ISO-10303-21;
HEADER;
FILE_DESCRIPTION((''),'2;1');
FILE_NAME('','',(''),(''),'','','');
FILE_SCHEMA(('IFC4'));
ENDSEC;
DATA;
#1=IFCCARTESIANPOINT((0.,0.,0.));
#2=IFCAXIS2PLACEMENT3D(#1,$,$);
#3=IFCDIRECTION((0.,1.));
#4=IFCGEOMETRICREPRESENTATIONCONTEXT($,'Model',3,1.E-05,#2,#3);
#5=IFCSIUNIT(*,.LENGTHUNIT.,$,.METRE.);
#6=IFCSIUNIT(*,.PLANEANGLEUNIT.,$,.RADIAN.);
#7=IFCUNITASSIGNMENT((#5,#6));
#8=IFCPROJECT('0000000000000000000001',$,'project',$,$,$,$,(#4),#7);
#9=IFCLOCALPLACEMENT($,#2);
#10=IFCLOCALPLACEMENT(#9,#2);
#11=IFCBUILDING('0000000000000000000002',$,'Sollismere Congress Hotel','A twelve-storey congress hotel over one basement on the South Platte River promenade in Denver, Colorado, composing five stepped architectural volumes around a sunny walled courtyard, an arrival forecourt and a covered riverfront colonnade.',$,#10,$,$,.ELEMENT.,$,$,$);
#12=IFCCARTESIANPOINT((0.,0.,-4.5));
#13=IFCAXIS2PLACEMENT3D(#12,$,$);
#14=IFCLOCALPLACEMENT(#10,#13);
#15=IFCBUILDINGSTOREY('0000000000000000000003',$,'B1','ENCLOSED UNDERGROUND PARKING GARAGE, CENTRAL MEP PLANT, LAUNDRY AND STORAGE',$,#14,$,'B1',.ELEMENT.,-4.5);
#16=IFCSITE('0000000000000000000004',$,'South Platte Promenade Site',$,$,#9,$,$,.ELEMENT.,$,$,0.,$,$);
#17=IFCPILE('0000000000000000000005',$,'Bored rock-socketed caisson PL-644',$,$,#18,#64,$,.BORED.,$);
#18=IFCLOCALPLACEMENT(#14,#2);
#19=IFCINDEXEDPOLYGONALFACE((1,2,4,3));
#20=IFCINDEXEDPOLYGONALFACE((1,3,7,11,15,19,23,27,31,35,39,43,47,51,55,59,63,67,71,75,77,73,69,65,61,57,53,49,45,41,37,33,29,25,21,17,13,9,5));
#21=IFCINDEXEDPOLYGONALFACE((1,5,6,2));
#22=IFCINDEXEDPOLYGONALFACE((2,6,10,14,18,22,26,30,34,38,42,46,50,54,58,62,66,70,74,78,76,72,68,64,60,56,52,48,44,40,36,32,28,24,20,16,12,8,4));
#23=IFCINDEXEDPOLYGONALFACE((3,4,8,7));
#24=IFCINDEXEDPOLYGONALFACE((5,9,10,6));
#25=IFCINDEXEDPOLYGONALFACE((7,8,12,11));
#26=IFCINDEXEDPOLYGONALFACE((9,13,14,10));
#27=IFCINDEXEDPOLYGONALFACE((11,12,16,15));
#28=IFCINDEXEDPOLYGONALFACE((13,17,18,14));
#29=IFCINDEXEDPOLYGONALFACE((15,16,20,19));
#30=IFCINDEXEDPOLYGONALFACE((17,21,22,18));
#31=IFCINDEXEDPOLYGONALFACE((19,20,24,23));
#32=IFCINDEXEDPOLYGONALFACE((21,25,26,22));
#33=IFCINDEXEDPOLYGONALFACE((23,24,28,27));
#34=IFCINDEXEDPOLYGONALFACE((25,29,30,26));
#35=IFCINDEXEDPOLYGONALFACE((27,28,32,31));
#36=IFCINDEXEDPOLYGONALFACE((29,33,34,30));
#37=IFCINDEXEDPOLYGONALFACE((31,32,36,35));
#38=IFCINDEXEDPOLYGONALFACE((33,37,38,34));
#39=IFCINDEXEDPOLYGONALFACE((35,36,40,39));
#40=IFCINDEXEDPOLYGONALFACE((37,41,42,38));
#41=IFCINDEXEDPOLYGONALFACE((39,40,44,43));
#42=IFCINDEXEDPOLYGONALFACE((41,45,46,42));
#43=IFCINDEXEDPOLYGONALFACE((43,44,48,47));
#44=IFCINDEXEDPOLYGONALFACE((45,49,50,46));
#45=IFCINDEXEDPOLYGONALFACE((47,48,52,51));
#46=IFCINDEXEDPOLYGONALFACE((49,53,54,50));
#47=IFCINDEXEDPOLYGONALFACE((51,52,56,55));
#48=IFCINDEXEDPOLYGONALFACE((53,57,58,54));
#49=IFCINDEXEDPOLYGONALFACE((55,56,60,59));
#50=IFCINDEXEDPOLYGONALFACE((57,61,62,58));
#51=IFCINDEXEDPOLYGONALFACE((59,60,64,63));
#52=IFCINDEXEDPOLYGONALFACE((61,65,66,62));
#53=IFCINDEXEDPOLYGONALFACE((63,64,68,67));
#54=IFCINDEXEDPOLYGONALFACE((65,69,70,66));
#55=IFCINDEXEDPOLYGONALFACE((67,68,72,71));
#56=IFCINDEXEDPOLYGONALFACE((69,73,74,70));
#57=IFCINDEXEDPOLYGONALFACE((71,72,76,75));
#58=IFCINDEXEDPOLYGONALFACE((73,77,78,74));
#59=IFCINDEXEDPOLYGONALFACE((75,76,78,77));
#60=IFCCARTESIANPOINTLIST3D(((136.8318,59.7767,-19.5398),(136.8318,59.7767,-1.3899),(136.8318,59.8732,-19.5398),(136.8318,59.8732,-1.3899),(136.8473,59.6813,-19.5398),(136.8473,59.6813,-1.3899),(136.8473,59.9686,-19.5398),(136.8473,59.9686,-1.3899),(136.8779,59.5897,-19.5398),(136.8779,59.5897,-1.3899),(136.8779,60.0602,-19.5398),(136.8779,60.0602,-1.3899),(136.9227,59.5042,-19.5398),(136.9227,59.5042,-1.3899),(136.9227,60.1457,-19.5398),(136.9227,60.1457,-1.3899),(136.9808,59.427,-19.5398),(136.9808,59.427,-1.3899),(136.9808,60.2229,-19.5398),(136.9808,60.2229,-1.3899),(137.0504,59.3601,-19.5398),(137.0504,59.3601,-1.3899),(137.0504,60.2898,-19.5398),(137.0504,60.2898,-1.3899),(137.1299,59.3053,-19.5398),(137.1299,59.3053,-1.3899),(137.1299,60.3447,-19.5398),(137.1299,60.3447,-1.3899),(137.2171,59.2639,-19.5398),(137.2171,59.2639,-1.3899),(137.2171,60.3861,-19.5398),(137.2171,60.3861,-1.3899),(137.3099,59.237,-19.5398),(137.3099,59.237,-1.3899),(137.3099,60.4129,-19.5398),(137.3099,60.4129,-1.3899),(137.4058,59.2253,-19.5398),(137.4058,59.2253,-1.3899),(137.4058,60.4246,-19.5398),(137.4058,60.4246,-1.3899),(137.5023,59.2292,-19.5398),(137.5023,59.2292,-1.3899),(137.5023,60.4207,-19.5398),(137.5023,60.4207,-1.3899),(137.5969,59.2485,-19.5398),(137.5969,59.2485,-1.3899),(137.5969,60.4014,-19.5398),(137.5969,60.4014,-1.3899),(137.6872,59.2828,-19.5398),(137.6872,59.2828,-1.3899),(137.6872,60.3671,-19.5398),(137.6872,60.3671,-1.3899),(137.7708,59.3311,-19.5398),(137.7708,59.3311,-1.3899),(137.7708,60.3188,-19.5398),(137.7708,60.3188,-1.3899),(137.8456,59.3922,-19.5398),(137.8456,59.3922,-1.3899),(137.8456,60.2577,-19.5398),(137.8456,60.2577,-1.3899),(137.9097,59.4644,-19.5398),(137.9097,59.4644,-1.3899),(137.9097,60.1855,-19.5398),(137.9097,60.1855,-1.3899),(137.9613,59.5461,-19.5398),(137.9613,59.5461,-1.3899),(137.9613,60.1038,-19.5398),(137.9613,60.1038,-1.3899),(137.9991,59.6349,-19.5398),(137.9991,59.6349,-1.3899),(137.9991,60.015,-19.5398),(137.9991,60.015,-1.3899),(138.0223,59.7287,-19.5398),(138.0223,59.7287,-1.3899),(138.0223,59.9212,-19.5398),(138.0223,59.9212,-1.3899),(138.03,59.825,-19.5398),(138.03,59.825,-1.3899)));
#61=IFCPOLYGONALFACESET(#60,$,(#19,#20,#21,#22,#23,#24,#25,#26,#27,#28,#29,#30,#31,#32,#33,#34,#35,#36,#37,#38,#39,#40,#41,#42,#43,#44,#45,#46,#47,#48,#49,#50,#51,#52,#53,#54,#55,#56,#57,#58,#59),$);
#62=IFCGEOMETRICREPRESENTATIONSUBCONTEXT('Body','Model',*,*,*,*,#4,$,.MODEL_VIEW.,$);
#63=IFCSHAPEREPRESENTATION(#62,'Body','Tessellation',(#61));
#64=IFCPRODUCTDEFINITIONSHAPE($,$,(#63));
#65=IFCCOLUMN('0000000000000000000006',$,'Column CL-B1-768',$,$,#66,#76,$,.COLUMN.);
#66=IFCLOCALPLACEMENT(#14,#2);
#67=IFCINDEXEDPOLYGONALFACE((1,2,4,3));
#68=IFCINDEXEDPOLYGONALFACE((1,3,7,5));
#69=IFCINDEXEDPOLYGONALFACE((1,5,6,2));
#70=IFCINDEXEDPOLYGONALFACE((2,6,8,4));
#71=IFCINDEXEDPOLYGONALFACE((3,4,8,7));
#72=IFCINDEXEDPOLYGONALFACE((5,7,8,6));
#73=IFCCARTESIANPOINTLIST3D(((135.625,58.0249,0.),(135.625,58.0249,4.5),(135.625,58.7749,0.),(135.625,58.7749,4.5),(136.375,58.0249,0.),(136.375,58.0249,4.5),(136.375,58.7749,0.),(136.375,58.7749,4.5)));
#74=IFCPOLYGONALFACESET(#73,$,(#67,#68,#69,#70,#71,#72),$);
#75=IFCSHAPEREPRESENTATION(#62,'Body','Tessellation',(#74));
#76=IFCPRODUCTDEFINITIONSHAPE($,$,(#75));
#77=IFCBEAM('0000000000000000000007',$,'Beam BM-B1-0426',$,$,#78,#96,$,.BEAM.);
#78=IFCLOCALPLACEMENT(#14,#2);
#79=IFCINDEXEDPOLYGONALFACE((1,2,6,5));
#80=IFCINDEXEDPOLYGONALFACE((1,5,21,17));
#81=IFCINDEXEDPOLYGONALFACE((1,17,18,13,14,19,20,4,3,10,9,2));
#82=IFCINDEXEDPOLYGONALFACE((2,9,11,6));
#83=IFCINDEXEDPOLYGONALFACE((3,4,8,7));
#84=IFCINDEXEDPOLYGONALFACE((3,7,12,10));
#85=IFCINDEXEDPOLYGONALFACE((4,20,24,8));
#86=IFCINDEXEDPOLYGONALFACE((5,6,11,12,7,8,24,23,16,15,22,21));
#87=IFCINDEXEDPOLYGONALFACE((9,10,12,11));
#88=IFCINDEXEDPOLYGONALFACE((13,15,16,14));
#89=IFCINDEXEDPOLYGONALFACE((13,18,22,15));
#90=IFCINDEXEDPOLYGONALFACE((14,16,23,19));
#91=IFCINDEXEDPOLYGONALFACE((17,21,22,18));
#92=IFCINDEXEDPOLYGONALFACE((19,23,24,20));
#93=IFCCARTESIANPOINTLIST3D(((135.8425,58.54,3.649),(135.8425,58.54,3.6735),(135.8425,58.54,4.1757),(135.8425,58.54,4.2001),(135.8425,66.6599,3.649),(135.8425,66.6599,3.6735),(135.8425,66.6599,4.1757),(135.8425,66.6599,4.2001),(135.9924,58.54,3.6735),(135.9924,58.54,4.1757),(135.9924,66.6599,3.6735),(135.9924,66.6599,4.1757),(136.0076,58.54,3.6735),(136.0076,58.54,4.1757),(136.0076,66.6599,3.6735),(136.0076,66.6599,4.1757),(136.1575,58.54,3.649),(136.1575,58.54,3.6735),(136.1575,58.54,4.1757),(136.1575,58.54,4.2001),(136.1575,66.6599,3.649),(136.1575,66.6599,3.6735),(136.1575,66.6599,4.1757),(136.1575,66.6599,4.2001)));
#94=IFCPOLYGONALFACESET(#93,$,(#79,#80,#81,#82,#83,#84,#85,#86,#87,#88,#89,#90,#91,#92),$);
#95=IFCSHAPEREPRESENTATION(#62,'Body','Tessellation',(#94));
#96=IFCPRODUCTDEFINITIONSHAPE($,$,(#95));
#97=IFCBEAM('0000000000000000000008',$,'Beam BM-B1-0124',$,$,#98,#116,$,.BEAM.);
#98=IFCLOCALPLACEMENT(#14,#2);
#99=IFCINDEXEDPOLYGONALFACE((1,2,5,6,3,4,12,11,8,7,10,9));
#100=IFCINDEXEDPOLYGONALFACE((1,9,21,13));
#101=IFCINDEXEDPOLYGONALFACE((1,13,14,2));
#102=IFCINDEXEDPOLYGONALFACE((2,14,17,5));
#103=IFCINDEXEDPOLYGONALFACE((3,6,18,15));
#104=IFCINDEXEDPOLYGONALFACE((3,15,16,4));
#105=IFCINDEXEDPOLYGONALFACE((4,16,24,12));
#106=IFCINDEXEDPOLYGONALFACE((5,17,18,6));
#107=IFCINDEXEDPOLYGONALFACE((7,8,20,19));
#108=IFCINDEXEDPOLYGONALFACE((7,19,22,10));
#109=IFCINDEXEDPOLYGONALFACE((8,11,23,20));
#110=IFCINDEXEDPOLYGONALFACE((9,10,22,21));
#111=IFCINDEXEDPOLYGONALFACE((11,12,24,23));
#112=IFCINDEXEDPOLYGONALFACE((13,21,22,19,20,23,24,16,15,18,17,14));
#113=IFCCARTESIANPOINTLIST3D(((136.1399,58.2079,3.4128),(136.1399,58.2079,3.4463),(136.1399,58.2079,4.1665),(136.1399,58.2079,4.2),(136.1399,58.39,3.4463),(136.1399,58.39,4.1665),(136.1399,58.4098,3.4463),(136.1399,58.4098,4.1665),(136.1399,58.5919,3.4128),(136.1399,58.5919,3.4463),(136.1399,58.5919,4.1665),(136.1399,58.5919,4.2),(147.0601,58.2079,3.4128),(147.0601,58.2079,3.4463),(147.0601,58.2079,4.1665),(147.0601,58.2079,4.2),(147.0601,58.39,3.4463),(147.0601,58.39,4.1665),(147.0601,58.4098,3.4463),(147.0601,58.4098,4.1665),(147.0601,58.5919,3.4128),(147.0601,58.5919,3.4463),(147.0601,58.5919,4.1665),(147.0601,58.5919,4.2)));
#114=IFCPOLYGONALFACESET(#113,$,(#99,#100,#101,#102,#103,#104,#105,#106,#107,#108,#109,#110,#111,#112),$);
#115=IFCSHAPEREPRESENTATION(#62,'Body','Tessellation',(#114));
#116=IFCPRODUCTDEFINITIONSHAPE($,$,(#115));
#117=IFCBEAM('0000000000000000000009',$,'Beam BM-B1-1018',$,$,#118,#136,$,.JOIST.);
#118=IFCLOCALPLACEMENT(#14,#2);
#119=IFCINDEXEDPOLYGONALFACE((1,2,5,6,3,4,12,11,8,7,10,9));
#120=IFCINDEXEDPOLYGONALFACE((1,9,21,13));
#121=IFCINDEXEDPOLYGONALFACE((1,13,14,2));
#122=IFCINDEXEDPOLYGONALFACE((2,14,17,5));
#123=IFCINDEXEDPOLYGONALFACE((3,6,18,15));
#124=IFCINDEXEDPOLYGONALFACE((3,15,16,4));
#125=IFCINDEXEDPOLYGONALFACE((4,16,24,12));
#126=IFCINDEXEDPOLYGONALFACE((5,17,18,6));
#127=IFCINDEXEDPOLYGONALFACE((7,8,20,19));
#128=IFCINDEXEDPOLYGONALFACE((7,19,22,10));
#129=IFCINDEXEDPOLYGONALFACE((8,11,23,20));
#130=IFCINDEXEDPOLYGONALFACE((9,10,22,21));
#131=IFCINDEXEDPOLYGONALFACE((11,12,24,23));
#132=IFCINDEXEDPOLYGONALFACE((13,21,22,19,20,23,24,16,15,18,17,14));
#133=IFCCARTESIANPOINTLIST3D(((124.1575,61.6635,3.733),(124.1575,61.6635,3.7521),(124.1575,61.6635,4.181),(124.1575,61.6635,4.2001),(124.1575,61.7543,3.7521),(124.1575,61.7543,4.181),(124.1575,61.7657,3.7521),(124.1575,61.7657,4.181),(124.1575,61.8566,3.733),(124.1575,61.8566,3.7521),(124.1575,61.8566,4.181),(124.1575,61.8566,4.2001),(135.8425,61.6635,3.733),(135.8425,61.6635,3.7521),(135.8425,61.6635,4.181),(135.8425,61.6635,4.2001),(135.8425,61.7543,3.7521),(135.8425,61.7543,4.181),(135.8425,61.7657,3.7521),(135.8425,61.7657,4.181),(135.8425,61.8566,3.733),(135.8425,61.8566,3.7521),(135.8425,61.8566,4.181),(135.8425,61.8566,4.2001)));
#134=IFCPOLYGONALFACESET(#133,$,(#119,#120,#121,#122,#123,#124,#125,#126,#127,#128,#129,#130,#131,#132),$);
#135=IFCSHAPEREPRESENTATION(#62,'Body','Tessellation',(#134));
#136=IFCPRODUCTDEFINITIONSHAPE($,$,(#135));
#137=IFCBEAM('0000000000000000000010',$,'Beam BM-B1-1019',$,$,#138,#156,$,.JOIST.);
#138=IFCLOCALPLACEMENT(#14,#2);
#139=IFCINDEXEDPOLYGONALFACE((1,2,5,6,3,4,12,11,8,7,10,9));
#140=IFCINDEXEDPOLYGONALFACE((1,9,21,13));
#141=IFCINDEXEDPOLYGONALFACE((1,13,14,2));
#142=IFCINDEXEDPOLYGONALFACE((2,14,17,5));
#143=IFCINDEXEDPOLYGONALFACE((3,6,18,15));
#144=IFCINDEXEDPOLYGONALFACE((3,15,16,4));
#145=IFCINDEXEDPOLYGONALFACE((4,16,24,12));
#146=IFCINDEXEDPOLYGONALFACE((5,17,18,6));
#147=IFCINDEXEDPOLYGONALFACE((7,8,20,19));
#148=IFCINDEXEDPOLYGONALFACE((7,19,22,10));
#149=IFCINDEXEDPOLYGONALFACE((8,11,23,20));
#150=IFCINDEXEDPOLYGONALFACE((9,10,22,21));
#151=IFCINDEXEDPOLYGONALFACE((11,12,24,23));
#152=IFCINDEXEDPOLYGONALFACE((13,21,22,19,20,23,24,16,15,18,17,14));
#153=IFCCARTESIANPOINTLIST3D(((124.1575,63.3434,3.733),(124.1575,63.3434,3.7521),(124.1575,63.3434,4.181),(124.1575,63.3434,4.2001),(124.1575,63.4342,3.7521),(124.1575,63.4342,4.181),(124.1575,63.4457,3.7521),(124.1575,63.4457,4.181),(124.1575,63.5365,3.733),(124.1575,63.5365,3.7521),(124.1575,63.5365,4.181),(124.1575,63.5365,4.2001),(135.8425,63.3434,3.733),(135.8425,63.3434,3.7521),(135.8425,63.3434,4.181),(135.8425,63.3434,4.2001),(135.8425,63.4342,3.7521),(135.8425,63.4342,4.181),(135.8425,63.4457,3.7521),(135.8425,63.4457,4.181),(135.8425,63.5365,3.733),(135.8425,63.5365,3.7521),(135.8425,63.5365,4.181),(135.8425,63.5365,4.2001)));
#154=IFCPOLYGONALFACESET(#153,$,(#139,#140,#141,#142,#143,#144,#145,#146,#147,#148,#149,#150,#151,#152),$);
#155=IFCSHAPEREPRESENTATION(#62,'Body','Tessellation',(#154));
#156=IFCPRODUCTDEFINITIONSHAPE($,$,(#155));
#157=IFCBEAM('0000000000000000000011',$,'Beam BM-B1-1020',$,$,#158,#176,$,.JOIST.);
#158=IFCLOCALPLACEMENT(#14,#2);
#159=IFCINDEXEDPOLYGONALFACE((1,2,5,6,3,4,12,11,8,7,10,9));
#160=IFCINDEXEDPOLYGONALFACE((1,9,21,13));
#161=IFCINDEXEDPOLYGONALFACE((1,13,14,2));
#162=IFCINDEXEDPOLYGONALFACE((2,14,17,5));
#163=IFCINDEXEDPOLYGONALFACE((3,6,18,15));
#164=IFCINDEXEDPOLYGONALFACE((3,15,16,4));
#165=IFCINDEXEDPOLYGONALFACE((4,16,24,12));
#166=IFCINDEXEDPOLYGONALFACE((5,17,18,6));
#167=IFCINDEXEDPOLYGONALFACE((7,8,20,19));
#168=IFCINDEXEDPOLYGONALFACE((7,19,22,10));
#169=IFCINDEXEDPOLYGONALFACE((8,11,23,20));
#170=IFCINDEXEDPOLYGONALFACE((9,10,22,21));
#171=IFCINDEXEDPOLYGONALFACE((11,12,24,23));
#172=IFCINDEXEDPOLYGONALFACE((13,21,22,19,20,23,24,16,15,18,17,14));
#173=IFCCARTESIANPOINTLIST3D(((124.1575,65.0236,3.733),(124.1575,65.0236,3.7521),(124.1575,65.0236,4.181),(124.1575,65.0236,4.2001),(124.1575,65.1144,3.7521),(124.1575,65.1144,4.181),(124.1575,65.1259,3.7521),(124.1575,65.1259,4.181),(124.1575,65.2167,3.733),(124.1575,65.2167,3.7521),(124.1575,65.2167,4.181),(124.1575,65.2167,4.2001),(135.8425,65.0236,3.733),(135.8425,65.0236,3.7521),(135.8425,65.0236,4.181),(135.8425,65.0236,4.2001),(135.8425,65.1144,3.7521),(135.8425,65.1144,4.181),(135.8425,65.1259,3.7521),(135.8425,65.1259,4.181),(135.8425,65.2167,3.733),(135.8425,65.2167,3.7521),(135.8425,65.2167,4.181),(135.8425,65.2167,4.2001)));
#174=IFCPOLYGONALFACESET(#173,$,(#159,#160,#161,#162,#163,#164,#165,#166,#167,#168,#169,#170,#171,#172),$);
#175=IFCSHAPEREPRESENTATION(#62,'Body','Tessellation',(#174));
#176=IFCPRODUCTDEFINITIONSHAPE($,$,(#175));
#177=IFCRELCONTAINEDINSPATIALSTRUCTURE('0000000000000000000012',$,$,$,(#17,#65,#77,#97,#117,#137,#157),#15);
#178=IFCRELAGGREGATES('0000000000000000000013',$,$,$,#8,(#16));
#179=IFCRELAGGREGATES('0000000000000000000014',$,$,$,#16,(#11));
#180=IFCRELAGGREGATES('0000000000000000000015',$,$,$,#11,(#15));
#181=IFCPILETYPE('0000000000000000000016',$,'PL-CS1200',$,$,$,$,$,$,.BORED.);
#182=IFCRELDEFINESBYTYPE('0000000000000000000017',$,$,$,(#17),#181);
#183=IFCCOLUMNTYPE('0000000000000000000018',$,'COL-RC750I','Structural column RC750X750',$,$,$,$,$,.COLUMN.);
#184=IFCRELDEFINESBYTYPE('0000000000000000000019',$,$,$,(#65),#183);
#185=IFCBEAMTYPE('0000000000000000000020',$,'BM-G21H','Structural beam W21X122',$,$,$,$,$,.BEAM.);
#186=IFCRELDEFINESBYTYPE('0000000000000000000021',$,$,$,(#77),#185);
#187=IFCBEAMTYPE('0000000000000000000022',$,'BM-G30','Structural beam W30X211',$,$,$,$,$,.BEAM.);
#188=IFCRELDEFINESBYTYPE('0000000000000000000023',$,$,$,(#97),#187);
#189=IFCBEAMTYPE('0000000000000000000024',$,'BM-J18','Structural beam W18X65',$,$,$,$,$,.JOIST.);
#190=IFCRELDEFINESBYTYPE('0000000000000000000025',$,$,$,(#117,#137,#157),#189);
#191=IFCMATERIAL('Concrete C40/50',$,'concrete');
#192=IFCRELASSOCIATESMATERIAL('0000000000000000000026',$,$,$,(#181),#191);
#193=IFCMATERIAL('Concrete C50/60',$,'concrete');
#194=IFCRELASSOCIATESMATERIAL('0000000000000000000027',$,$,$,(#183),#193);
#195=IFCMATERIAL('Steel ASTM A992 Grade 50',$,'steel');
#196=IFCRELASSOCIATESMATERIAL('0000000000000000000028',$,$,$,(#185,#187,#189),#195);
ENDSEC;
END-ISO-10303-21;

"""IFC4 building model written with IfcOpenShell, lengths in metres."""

from ifc_helpers import new_model, si_unit, direction, frame, origin, origin_2d, place, context, subcontext, project, spatial, rectangle, circle, i_section, extrude, material, material_profile, profile_set, type_object, element, save


model = new_model("IFC4")

# Units and contexts
model_context = context("Model", 3, precision=1e-05, world=origin(), true_north=direction((0.0, 1.0)))
body_context = subcontext(model_context, "Body", "Model", "MODEL_VIEW")
ifc_project = project(units=[si_unit("LENGTHUNIT", "METRE"), si_unit("PLANEANGLEUNIT", "RADIAN")], contexts=[model_context])

# Site, building, storey
site_placement = place(None, origin())
site = spatial("IfcSite", under=ifc_project, at=site_placement, Name="South Platte Promenade Site", CompositionType="ELEMENT", RefElevation=0.0)
building_placement = place(site_placement, origin())
building = spatial("IfcBuilding", under=site, at=building_placement, Name="Sollismere Congress Hotel", Description="A twelve-storey congress hotel over one basement on the South Platte River promenade in Denver, Colorado, composing five stepped architectural volumes around a sunny walled courtyard, an arrival forecourt and a covered riverfront colonnade.", CompositionType="ELEMENT")
storey_placement = place(building_placement, frame((0.0, 0.0, -4.5)))
storey = spatial("IfcBuildingStorey", under=building, at=storey_placement, Name="B1", Description="ENCLOSED UNDERGROUND PARKING GARAGE, CENTRAL MEP PLANT, LAUNDRY AND STORAGE", LongName="B1", CompositionType="ELEMENT", Elevation=-4.5)

# Shared definitions
ifc_material_1 = material(Name="Concrete C40/50", Category="concrete")

# Pile
ifc_material_profile_1 = material_profile(ifc_material_1, circle(Radius=0.6001, at=origin_2d()), Name="CAISSON1200")
ifc_profile_set_1 = profile_set([ifc_material_profile_1], Name="Concrete C40/50")
pile_type = type_object("IfcPileType", Name="PL-CS1200", PredefinedType="BORED", material=ifc_profile_set_1)
for number, where, z_axis, x_axis, name in (
    (1, (137.4299, 59.825, -1.3899), (0.0, 0.0, -1.0), (1.0, 0.0, 0.0), "Bored rock-socketed caisson PL-644"),
):
    element("IfcPile", number, at=place(storey_placement, frame(where, z_axis=z_axis, x_axis=x_axis)), inside=storey, type_object=pile_type, Name=name, PredefinedType="BORED", context=body_context, shape_type="SweptSolid", body=[
        extrude(circle(Radius=0.6001, at=origin_2d()), origin(), (0.0, 0.0, 1.0), 18.1499),
    ])

# Column
ifc_material_2 = material(Name="Concrete C50/60", Category="concrete")
ifc_material_profile_2 = material_profile(ifc_material_2, rectangle(XDim=0.75, YDim=0.75, at=origin_2d()), Name="RC750X750")
ifc_profile_set_2 = profile_set([ifc_material_profile_2], Name="Concrete C50/60")
column_type = type_object("IfcColumnType", Name="COL-RC750I", Description="Structural column RC750X750", PredefinedType="COLUMN", material=ifc_profile_set_2)
column_placement = place(storey_placement, frame((136.0, 58.3999, 0.0), z_axis=(0.0, 0.0, 1.0), x_axis=(1.0, 0.0, 0.0)))
element("IfcColumn", 2, at=column_placement, inside=storey, type_object=column_type, Name="Column CL-B1-768", PredefinedType="COLUMN", context=body_context, shape_type="SweptSolid", body=[
    extrude(rectangle(XDim=0.75, YDim=0.75, at=origin_2d()), origin(), (0.0, 0.0, 1.0), 4.5),
])

# Beams
ifc_material_3 = material(Name="Steel ASTM A992 Grade 50", Category="steel")
ifc_material_profile_3 = material_profile(ifc_material_3, i_section(OverallWidth=0.3149, OverallDepth=0.551, WebThickness=0.0151, FlangeThickness=0.0244, at=origin_2d()), Name="W21X122")
ifc_profile_set_3 = profile_set([ifc_material_profile_3], Name="Steel ASTM A992 Grade 50")
beam_type_1 = type_object("IfcBeamType", Name="BM-G21H", Description="Structural beam W21X122", PredefinedType="BEAM", material=ifc_profile_set_3)
beam_1_placement = place(storey_placement, frame((136.0, 58.54, 3.9246), z_axis=(0.0, 1.0, 0.0), x_axis=(-1.0, 0.0, 0.0)))
element("IfcBeam", 3, at=beam_1_placement, inside=storey, type_object=beam_type_1, Name="Beam BM-B1-0426", PredefinedType="BEAM", context=body_context, shape_type="SweptSolid", body=[
    extrude(i_section(OverallWidth=0.3149, OverallDepth=0.551, WebThickness=0.0151, FlangeThickness=0.0244, at=origin_2d()), origin(), (0.0, 0.0, 1.0), 8.1199),
])
ifc_material_profile_4 = material_profile(ifc_material_3, i_section(OverallWidth=0.384, OverallDepth=0.7871, WebThickness=0.0198, FlangeThickness=0.0334, at=origin_2d()), Name="W30X211")
ifc_profile_set_4 = profile_set([ifc_material_profile_4], Name="Steel ASTM A992 Grade 50")
beam_type_2 = type_object("IfcBeamType", Name="BM-G30", Description="Structural beam W30X211", PredefinedType="BEAM", material=ifc_profile_set_4)
beam_2_placement = place(storey_placement, frame((136.1399, 58.3999, 3.8064), z_axis=(1.0, 0.0, 0.0), x_axis=(0.0, 1.0, 0.0)))
element("IfcBeam", 4, at=beam_2_placement, inside=storey, type_object=beam_type_2, Name="Beam BM-B1-0124", PredefinedType="BEAM", context=body_context, shape_type="SweptSolid", body=[
    extrude(i_section(OverallWidth=0.384, OverallDepth=0.7871, WebThickness=0.0198, FlangeThickness=0.0334, at=origin_2d()), origin(), (0.0, 0.0, 1.0), 10.9202),
])
ifc_material_profile_5 = material_profile(ifc_material_3, i_section(OverallWidth=0.1931, OverallDepth=0.467, WebThickness=0.0115, FlangeThickness=0.019, at=origin_2d()), Name="W18X65")
ifc_profile_set_5 = profile_set([ifc_material_profile_5], Name="Steel ASTM A992 Grade 50")
beam_type_3 = type_object("IfcBeamType", Name="BM-J18", Description="Structural beam W18X65", PredefinedType="JOIST", material=ifc_profile_set_5)
for number, where, z_axis, x_axis, name in (
    (5, (124.1575, 61.76, 3.9666), (1.0, 0.0, 0.0), (0.0, 1.0, 0.0), "Beam BM-B1-1018"),
    (6, (124.1575, 63.4399, 3.9666), (1.0, 0.0, 0.0), (0.0, 1.0, 0.0), "Beam BM-B1-1019"),
    (7, (124.1575, 65.1201, 3.9666), (1.0, 0.0, 0.0), (0.0, 1.0, 0.0), "Beam BM-B1-1020"),
):
    element("IfcBeam", number, at=place(storey_placement, frame(where, z_axis=z_axis, x_axis=x_axis)), inside=storey, type_object=beam_type_3, Name=name, PredefinedType="JOIST", context=body_context, shape_type="SweptSolid", body=[
        extrude(i_section(OverallWidth=0.1931, OverallDepth=0.467, WebThickness=0.0115, FlangeThickness=0.019, at=origin_2d()), origin(), (0.0, 0.0, 1.0), 11.6851),
    ])

save(model, "model.ifc")
